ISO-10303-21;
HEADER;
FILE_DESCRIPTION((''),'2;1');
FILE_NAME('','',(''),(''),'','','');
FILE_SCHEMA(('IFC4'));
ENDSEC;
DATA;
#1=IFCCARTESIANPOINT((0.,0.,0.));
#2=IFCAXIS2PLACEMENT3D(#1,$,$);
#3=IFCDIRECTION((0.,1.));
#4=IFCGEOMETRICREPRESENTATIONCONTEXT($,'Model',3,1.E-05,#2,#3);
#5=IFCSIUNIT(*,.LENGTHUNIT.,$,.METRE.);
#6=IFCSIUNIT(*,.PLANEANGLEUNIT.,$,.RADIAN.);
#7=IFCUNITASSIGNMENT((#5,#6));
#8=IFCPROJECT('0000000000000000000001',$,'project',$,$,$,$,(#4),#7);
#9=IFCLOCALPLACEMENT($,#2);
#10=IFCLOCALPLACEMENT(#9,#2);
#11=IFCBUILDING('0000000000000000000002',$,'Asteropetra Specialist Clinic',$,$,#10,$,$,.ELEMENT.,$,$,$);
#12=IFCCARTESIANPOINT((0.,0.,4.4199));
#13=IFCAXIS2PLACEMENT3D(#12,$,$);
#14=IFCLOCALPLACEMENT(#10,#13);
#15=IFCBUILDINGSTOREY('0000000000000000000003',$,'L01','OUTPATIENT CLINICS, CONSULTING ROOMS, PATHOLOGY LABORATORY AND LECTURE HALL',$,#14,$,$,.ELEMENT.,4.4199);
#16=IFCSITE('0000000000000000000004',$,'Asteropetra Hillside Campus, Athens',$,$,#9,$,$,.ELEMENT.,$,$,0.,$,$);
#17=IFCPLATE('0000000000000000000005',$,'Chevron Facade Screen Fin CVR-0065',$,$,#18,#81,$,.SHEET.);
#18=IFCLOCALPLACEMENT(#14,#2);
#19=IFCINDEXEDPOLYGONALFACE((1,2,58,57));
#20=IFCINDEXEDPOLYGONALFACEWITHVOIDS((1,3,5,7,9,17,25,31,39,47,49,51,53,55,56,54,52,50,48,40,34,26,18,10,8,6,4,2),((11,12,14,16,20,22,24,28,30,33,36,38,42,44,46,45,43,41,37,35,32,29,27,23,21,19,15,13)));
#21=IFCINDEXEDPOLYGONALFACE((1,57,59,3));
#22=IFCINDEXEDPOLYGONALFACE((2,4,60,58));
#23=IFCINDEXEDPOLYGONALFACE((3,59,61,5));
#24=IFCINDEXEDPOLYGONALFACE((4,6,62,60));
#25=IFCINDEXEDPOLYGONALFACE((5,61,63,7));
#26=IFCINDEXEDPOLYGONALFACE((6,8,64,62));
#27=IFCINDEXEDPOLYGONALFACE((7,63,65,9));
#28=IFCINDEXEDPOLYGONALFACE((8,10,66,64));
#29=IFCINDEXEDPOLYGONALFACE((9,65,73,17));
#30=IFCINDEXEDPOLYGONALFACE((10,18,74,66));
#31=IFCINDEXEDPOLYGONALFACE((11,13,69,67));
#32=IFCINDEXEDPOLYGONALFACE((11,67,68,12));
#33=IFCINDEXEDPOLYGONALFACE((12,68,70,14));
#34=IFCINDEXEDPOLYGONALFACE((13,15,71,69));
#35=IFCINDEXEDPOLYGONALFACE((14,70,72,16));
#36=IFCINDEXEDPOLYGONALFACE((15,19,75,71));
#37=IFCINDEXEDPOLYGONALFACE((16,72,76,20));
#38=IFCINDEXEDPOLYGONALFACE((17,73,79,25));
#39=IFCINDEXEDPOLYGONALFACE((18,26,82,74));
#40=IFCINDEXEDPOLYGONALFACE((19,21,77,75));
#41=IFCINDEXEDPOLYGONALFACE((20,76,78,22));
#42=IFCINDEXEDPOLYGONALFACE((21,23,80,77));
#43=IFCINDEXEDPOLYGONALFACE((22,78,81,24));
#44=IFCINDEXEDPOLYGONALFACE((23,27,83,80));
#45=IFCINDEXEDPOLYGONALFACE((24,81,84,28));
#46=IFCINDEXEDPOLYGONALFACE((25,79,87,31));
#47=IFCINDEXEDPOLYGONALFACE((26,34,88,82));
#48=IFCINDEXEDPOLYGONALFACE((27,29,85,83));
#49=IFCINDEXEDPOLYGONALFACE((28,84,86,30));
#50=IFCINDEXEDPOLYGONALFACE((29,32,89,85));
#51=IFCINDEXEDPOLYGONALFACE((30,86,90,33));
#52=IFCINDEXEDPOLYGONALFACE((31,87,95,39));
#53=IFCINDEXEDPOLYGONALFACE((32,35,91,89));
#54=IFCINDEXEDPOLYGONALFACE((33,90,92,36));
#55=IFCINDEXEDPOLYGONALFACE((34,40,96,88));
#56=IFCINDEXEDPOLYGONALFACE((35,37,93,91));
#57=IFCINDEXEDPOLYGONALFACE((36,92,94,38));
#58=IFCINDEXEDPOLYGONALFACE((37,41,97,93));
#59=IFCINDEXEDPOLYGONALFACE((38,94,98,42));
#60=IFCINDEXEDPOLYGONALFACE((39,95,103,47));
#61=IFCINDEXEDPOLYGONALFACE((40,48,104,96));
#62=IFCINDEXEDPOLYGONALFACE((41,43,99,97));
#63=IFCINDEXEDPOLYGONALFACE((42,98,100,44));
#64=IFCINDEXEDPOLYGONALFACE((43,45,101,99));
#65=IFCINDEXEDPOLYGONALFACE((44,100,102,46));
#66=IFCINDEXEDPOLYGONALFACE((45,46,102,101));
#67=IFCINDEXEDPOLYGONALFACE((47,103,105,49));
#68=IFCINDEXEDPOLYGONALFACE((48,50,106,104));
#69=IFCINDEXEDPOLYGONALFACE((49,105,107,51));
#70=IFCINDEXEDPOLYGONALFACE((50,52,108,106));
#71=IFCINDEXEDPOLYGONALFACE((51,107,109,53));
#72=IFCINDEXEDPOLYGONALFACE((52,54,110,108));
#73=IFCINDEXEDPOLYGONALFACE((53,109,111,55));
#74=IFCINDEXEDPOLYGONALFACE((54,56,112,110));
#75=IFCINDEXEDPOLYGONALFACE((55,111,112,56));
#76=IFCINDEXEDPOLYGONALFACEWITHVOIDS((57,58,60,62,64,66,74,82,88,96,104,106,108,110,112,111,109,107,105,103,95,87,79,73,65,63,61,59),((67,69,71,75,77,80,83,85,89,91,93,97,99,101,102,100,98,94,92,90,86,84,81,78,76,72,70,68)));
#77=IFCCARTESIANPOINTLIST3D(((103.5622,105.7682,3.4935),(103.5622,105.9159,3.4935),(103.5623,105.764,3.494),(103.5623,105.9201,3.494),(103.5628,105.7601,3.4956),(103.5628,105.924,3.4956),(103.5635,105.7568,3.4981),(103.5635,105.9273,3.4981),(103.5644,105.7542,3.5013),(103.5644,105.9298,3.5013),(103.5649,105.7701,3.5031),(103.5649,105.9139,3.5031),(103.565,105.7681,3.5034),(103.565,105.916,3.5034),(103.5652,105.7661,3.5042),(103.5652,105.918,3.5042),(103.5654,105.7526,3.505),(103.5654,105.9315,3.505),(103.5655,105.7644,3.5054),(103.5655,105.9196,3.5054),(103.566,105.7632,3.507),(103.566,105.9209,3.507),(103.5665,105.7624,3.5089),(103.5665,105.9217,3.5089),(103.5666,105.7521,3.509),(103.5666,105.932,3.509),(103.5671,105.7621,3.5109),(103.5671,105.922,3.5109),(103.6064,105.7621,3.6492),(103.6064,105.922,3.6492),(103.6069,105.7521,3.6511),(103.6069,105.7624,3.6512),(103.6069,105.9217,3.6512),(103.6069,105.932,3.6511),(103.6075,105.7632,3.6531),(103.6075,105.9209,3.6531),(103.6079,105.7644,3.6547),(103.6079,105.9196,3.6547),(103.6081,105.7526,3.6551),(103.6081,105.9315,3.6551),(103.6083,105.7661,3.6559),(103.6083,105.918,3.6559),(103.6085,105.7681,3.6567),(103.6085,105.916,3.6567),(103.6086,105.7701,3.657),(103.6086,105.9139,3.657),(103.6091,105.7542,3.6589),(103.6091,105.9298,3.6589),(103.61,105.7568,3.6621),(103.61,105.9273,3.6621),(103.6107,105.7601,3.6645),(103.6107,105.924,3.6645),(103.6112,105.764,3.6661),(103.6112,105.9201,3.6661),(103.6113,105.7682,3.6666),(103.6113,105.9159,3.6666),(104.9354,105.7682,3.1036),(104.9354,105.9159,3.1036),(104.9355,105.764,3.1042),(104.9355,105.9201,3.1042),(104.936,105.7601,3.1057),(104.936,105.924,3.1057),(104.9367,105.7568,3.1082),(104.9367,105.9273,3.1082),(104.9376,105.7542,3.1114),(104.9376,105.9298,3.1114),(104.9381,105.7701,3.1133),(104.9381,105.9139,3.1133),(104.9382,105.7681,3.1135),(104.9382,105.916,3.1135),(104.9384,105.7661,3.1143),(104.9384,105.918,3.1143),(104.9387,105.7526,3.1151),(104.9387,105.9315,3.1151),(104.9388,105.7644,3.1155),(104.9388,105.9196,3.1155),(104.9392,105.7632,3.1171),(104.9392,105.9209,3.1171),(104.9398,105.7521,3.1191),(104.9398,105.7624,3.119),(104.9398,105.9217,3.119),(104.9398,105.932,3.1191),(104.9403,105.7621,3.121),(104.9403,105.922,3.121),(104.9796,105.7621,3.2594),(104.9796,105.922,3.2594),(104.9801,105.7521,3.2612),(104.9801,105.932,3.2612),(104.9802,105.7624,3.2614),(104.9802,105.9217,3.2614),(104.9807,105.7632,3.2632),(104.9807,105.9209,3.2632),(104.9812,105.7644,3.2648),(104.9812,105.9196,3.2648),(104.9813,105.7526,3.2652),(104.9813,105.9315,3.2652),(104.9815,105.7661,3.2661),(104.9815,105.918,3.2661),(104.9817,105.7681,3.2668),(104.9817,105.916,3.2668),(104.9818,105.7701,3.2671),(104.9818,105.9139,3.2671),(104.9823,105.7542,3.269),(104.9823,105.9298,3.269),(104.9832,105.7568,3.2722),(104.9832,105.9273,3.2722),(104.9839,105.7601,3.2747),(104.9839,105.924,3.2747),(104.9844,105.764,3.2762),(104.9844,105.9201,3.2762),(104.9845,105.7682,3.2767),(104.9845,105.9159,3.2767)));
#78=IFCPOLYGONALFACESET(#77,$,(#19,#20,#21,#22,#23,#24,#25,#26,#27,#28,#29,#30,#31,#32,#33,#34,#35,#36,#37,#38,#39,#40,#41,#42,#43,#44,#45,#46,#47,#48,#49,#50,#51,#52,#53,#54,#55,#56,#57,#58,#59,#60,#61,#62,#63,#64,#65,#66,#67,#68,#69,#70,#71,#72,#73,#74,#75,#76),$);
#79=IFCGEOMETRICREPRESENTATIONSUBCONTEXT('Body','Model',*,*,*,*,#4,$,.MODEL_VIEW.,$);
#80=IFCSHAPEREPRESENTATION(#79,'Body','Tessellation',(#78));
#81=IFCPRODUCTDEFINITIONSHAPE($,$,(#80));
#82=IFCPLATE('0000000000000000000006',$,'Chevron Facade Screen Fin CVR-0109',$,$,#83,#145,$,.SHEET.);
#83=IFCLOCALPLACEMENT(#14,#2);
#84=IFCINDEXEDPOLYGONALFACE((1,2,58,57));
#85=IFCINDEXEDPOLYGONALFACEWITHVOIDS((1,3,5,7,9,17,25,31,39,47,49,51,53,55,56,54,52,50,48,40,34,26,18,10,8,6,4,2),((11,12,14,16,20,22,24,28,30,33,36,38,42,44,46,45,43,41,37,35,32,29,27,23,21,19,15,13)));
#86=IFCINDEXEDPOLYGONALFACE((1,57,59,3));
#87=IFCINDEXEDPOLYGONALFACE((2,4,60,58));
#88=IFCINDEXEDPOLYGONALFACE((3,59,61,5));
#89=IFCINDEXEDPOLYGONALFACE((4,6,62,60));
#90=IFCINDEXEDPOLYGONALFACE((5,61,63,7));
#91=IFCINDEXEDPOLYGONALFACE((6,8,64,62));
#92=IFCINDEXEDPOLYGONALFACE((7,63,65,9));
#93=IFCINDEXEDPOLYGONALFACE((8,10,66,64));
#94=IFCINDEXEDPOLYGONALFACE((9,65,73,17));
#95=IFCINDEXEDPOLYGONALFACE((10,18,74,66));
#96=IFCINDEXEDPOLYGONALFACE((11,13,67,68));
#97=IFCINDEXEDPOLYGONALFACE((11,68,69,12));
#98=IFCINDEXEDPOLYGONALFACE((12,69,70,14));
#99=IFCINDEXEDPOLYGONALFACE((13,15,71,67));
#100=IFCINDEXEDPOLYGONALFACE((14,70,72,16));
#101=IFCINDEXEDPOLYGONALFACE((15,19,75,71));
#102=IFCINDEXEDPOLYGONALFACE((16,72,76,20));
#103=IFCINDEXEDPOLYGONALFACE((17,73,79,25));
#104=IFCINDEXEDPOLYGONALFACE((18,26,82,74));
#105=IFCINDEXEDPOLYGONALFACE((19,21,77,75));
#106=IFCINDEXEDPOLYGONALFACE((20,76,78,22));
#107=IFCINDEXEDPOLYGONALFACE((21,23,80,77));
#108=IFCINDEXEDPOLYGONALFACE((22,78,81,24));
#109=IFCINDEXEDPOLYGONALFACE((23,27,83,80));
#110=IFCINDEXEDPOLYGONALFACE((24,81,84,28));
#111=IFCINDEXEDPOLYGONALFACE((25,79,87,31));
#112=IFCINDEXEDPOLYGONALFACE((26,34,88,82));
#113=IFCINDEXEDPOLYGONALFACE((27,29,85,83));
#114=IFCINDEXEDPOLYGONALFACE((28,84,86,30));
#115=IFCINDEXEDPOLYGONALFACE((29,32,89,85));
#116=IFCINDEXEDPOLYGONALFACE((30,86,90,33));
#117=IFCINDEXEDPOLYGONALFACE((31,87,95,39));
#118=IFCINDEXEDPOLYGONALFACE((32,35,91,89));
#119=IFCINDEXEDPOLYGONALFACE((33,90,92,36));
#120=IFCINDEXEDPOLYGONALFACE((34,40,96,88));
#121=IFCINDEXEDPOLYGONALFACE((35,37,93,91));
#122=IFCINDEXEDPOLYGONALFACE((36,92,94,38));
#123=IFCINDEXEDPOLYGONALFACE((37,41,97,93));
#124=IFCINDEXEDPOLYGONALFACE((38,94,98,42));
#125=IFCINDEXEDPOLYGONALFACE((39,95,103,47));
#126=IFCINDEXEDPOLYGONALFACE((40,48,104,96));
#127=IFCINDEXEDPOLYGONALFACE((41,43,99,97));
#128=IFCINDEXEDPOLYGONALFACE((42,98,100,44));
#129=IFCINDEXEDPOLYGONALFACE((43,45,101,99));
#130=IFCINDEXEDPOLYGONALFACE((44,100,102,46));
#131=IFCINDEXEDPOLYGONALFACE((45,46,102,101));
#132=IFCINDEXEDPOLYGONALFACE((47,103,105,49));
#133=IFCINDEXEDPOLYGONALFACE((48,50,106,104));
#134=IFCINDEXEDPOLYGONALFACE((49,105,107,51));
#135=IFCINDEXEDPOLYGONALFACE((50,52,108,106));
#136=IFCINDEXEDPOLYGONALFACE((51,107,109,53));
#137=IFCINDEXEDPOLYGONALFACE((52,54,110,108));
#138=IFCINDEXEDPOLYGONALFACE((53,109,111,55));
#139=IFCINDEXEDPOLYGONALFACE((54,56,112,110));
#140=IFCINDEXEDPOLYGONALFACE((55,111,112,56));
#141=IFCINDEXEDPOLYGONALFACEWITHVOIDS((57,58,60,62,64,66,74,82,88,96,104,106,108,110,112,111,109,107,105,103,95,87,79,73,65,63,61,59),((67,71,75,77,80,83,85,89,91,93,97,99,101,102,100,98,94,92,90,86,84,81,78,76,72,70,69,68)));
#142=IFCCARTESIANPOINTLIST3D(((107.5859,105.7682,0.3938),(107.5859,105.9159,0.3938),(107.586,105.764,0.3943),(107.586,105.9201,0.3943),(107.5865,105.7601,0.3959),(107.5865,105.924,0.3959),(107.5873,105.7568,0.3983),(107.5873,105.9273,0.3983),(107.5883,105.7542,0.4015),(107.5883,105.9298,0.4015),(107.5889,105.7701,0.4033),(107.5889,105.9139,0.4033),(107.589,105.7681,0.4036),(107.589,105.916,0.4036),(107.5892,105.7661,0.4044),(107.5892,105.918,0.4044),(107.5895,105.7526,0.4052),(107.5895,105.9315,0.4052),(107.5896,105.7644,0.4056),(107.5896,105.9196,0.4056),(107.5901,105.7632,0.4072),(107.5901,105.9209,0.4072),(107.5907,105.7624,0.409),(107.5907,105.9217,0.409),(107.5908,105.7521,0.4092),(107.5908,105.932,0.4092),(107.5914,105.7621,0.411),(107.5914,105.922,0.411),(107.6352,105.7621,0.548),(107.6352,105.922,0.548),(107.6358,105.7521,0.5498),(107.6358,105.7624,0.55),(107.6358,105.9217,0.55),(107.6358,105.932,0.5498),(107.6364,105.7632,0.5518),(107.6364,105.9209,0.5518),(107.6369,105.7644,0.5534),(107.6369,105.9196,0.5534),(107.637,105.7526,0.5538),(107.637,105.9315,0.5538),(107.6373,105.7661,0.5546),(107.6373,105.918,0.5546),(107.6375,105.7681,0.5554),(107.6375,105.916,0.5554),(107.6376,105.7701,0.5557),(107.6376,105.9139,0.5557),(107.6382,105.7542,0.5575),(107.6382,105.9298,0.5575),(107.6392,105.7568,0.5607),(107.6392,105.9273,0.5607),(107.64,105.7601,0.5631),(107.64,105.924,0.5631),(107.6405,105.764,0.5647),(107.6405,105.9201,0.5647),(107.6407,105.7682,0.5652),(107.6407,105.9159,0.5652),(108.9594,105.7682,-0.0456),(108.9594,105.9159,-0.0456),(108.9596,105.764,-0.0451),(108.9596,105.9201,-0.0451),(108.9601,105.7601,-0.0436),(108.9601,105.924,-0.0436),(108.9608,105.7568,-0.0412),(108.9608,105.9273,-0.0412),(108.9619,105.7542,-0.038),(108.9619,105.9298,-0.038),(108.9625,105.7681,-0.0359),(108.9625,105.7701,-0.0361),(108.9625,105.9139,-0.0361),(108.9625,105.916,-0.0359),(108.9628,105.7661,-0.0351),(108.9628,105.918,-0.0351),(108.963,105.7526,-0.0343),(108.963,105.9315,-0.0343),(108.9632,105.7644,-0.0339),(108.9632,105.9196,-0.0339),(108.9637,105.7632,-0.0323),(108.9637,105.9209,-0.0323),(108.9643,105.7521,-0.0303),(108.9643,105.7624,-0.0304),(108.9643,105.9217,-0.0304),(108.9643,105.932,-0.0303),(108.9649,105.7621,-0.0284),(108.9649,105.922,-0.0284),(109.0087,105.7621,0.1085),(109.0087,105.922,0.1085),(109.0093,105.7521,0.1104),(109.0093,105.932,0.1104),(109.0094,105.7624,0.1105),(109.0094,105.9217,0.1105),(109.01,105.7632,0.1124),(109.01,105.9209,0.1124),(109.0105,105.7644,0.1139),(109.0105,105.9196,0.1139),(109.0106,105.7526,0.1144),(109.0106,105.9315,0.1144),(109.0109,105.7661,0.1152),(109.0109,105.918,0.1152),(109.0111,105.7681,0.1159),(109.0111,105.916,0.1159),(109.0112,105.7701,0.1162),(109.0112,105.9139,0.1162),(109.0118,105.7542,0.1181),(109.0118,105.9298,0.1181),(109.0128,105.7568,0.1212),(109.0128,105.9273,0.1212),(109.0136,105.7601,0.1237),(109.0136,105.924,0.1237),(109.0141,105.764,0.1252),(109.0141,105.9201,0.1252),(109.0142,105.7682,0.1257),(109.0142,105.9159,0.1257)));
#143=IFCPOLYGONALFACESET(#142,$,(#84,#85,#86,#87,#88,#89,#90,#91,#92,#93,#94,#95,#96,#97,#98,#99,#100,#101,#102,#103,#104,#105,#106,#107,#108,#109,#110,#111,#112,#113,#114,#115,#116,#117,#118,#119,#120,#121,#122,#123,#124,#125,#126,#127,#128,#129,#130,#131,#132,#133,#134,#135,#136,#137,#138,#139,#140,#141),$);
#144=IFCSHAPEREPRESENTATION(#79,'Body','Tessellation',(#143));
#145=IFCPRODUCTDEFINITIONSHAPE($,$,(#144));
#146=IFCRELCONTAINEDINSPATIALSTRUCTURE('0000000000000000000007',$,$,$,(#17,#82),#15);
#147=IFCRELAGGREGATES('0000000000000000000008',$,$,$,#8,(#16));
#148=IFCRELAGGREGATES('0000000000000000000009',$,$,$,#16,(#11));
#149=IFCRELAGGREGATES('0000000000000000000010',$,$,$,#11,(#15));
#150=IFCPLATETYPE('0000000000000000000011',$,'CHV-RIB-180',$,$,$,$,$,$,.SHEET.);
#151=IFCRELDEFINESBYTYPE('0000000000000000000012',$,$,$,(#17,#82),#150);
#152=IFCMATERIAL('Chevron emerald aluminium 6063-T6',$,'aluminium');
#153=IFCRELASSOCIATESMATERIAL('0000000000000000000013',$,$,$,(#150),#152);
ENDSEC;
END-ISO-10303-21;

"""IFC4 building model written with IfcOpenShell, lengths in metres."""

from ifc_helpers import new_model, si_unit, direction, frame, origin, origin_2d, place, context, subcontext, project, spatial, hollow_rectangle, extrude, material, material_profile, profile_set, type_object, element, save


model = new_model("IFC4")

# Units and contexts
model_context = context("Model", 3, precision=1e-05, world=origin(), true_north=direction((0.0, 1.0)))
body_context = subcontext(model_context, "Body", "Model", "MODEL_VIEW")
ifc_project = project(units=[si_unit("LENGTHUNIT", "METRE"), si_unit("PLANEANGLEUNIT", "RADIAN")], contexts=[model_context])

# Site, building, storey
site_placement = place(None, origin())
site = spatial("IfcSite", under=ifc_project, at=site_placement, Name="Asteropetra Hillside Campus, Athens", CompositionType="ELEMENT", RefElevation=0.0)
building_placement = place(site_placement, origin())
building = spatial("IfcBuilding", under=site, at=building_placement, Name="Asteropetra Specialist Clinic", CompositionType="ELEMENT")
storey_placement = place(building_placement, frame((0.0, 0.0, 4.4199)))
storey = spatial("IfcBuildingStorey", under=building, at=storey_placement, Name="L01", Description="OUTPATIENT CLINICS, CONSULTING ROOMS, PATHOLOGY LABORATORY AND LECTURE HALL", CompositionType="ELEMENT", Elevation=4.4199)

# Plates
ifc_material_1 = material(Name="Chevron emerald aluminium 6063-T6", Category="aluminium")
ifc_material_profile_1 = material_profile(ifc_material_1, hollow_rectangle(XDim=0.1799, YDim=0.1799, WallThickness=0.01, InnerFilletRadius=0.0081, OuterFilletRadius=0.0161, at=origin_2d()), Name="SHS 180x180x10.0")
ifc_profile_set_1 = profile_set([ifc_material_profile_1], Name="Chevron emerald aluminium 6063-T6")
plate_type = type_object("IfcPlateType", Name="CHV-RIB-180", PredefinedType="SHEET", material=ifc_profile_set_1)
plate_1_placement = place(storey_placement, frame((104.96, 105.842, 3.1902), z_axis=(-0.961981, 0.0, 0.273117), x_axis=(0.0, -1.0, 0.0)))
element("IfcPlate", 1, at=plate_1_placement, inside=storey, type_object=plate_type, Name="Chevron Facade Screen Fin CVR-0065", PredefinedType="SHEET", context=body_context, shape_type="SweptSolid", body=[
    extrude(hollow_rectangle(XDim=0.1799, YDim=0.1799, WallThickness=0.01, InnerFilletRadius=0.0081, OuterFilletRadius=0.0161, at=origin_2d()), origin(), (0.0, 0.0, 1.0), 1.4275),
])
plate_2_placement = place(storey_placement, frame((108.9868, 105.842, 0.04), z_axis=(-0.95244, 0.0, 0.304727), x_axis=(0.0, -1.0, 0.0)))
element("IfcPlate", 2, at=plate_2_placement, inside=storey, type_object=plate_type, Name="Chevron Facade Screen Fin CVR-0109", PredefinedType="SHEET", context=body_context, shape_type="SweptSolid", body=[
    extrude(hollow_rectangle(XDim=0.1799, YDim=0.1799, WallThickness=0.01, InnerFilletRadius=0.0081, OuterFilletRadius=0.0161, at=origin_2d()), origin(), (0.0, 0.0, 1.0), 1.4421),
])

save(model, "model.ifc")
